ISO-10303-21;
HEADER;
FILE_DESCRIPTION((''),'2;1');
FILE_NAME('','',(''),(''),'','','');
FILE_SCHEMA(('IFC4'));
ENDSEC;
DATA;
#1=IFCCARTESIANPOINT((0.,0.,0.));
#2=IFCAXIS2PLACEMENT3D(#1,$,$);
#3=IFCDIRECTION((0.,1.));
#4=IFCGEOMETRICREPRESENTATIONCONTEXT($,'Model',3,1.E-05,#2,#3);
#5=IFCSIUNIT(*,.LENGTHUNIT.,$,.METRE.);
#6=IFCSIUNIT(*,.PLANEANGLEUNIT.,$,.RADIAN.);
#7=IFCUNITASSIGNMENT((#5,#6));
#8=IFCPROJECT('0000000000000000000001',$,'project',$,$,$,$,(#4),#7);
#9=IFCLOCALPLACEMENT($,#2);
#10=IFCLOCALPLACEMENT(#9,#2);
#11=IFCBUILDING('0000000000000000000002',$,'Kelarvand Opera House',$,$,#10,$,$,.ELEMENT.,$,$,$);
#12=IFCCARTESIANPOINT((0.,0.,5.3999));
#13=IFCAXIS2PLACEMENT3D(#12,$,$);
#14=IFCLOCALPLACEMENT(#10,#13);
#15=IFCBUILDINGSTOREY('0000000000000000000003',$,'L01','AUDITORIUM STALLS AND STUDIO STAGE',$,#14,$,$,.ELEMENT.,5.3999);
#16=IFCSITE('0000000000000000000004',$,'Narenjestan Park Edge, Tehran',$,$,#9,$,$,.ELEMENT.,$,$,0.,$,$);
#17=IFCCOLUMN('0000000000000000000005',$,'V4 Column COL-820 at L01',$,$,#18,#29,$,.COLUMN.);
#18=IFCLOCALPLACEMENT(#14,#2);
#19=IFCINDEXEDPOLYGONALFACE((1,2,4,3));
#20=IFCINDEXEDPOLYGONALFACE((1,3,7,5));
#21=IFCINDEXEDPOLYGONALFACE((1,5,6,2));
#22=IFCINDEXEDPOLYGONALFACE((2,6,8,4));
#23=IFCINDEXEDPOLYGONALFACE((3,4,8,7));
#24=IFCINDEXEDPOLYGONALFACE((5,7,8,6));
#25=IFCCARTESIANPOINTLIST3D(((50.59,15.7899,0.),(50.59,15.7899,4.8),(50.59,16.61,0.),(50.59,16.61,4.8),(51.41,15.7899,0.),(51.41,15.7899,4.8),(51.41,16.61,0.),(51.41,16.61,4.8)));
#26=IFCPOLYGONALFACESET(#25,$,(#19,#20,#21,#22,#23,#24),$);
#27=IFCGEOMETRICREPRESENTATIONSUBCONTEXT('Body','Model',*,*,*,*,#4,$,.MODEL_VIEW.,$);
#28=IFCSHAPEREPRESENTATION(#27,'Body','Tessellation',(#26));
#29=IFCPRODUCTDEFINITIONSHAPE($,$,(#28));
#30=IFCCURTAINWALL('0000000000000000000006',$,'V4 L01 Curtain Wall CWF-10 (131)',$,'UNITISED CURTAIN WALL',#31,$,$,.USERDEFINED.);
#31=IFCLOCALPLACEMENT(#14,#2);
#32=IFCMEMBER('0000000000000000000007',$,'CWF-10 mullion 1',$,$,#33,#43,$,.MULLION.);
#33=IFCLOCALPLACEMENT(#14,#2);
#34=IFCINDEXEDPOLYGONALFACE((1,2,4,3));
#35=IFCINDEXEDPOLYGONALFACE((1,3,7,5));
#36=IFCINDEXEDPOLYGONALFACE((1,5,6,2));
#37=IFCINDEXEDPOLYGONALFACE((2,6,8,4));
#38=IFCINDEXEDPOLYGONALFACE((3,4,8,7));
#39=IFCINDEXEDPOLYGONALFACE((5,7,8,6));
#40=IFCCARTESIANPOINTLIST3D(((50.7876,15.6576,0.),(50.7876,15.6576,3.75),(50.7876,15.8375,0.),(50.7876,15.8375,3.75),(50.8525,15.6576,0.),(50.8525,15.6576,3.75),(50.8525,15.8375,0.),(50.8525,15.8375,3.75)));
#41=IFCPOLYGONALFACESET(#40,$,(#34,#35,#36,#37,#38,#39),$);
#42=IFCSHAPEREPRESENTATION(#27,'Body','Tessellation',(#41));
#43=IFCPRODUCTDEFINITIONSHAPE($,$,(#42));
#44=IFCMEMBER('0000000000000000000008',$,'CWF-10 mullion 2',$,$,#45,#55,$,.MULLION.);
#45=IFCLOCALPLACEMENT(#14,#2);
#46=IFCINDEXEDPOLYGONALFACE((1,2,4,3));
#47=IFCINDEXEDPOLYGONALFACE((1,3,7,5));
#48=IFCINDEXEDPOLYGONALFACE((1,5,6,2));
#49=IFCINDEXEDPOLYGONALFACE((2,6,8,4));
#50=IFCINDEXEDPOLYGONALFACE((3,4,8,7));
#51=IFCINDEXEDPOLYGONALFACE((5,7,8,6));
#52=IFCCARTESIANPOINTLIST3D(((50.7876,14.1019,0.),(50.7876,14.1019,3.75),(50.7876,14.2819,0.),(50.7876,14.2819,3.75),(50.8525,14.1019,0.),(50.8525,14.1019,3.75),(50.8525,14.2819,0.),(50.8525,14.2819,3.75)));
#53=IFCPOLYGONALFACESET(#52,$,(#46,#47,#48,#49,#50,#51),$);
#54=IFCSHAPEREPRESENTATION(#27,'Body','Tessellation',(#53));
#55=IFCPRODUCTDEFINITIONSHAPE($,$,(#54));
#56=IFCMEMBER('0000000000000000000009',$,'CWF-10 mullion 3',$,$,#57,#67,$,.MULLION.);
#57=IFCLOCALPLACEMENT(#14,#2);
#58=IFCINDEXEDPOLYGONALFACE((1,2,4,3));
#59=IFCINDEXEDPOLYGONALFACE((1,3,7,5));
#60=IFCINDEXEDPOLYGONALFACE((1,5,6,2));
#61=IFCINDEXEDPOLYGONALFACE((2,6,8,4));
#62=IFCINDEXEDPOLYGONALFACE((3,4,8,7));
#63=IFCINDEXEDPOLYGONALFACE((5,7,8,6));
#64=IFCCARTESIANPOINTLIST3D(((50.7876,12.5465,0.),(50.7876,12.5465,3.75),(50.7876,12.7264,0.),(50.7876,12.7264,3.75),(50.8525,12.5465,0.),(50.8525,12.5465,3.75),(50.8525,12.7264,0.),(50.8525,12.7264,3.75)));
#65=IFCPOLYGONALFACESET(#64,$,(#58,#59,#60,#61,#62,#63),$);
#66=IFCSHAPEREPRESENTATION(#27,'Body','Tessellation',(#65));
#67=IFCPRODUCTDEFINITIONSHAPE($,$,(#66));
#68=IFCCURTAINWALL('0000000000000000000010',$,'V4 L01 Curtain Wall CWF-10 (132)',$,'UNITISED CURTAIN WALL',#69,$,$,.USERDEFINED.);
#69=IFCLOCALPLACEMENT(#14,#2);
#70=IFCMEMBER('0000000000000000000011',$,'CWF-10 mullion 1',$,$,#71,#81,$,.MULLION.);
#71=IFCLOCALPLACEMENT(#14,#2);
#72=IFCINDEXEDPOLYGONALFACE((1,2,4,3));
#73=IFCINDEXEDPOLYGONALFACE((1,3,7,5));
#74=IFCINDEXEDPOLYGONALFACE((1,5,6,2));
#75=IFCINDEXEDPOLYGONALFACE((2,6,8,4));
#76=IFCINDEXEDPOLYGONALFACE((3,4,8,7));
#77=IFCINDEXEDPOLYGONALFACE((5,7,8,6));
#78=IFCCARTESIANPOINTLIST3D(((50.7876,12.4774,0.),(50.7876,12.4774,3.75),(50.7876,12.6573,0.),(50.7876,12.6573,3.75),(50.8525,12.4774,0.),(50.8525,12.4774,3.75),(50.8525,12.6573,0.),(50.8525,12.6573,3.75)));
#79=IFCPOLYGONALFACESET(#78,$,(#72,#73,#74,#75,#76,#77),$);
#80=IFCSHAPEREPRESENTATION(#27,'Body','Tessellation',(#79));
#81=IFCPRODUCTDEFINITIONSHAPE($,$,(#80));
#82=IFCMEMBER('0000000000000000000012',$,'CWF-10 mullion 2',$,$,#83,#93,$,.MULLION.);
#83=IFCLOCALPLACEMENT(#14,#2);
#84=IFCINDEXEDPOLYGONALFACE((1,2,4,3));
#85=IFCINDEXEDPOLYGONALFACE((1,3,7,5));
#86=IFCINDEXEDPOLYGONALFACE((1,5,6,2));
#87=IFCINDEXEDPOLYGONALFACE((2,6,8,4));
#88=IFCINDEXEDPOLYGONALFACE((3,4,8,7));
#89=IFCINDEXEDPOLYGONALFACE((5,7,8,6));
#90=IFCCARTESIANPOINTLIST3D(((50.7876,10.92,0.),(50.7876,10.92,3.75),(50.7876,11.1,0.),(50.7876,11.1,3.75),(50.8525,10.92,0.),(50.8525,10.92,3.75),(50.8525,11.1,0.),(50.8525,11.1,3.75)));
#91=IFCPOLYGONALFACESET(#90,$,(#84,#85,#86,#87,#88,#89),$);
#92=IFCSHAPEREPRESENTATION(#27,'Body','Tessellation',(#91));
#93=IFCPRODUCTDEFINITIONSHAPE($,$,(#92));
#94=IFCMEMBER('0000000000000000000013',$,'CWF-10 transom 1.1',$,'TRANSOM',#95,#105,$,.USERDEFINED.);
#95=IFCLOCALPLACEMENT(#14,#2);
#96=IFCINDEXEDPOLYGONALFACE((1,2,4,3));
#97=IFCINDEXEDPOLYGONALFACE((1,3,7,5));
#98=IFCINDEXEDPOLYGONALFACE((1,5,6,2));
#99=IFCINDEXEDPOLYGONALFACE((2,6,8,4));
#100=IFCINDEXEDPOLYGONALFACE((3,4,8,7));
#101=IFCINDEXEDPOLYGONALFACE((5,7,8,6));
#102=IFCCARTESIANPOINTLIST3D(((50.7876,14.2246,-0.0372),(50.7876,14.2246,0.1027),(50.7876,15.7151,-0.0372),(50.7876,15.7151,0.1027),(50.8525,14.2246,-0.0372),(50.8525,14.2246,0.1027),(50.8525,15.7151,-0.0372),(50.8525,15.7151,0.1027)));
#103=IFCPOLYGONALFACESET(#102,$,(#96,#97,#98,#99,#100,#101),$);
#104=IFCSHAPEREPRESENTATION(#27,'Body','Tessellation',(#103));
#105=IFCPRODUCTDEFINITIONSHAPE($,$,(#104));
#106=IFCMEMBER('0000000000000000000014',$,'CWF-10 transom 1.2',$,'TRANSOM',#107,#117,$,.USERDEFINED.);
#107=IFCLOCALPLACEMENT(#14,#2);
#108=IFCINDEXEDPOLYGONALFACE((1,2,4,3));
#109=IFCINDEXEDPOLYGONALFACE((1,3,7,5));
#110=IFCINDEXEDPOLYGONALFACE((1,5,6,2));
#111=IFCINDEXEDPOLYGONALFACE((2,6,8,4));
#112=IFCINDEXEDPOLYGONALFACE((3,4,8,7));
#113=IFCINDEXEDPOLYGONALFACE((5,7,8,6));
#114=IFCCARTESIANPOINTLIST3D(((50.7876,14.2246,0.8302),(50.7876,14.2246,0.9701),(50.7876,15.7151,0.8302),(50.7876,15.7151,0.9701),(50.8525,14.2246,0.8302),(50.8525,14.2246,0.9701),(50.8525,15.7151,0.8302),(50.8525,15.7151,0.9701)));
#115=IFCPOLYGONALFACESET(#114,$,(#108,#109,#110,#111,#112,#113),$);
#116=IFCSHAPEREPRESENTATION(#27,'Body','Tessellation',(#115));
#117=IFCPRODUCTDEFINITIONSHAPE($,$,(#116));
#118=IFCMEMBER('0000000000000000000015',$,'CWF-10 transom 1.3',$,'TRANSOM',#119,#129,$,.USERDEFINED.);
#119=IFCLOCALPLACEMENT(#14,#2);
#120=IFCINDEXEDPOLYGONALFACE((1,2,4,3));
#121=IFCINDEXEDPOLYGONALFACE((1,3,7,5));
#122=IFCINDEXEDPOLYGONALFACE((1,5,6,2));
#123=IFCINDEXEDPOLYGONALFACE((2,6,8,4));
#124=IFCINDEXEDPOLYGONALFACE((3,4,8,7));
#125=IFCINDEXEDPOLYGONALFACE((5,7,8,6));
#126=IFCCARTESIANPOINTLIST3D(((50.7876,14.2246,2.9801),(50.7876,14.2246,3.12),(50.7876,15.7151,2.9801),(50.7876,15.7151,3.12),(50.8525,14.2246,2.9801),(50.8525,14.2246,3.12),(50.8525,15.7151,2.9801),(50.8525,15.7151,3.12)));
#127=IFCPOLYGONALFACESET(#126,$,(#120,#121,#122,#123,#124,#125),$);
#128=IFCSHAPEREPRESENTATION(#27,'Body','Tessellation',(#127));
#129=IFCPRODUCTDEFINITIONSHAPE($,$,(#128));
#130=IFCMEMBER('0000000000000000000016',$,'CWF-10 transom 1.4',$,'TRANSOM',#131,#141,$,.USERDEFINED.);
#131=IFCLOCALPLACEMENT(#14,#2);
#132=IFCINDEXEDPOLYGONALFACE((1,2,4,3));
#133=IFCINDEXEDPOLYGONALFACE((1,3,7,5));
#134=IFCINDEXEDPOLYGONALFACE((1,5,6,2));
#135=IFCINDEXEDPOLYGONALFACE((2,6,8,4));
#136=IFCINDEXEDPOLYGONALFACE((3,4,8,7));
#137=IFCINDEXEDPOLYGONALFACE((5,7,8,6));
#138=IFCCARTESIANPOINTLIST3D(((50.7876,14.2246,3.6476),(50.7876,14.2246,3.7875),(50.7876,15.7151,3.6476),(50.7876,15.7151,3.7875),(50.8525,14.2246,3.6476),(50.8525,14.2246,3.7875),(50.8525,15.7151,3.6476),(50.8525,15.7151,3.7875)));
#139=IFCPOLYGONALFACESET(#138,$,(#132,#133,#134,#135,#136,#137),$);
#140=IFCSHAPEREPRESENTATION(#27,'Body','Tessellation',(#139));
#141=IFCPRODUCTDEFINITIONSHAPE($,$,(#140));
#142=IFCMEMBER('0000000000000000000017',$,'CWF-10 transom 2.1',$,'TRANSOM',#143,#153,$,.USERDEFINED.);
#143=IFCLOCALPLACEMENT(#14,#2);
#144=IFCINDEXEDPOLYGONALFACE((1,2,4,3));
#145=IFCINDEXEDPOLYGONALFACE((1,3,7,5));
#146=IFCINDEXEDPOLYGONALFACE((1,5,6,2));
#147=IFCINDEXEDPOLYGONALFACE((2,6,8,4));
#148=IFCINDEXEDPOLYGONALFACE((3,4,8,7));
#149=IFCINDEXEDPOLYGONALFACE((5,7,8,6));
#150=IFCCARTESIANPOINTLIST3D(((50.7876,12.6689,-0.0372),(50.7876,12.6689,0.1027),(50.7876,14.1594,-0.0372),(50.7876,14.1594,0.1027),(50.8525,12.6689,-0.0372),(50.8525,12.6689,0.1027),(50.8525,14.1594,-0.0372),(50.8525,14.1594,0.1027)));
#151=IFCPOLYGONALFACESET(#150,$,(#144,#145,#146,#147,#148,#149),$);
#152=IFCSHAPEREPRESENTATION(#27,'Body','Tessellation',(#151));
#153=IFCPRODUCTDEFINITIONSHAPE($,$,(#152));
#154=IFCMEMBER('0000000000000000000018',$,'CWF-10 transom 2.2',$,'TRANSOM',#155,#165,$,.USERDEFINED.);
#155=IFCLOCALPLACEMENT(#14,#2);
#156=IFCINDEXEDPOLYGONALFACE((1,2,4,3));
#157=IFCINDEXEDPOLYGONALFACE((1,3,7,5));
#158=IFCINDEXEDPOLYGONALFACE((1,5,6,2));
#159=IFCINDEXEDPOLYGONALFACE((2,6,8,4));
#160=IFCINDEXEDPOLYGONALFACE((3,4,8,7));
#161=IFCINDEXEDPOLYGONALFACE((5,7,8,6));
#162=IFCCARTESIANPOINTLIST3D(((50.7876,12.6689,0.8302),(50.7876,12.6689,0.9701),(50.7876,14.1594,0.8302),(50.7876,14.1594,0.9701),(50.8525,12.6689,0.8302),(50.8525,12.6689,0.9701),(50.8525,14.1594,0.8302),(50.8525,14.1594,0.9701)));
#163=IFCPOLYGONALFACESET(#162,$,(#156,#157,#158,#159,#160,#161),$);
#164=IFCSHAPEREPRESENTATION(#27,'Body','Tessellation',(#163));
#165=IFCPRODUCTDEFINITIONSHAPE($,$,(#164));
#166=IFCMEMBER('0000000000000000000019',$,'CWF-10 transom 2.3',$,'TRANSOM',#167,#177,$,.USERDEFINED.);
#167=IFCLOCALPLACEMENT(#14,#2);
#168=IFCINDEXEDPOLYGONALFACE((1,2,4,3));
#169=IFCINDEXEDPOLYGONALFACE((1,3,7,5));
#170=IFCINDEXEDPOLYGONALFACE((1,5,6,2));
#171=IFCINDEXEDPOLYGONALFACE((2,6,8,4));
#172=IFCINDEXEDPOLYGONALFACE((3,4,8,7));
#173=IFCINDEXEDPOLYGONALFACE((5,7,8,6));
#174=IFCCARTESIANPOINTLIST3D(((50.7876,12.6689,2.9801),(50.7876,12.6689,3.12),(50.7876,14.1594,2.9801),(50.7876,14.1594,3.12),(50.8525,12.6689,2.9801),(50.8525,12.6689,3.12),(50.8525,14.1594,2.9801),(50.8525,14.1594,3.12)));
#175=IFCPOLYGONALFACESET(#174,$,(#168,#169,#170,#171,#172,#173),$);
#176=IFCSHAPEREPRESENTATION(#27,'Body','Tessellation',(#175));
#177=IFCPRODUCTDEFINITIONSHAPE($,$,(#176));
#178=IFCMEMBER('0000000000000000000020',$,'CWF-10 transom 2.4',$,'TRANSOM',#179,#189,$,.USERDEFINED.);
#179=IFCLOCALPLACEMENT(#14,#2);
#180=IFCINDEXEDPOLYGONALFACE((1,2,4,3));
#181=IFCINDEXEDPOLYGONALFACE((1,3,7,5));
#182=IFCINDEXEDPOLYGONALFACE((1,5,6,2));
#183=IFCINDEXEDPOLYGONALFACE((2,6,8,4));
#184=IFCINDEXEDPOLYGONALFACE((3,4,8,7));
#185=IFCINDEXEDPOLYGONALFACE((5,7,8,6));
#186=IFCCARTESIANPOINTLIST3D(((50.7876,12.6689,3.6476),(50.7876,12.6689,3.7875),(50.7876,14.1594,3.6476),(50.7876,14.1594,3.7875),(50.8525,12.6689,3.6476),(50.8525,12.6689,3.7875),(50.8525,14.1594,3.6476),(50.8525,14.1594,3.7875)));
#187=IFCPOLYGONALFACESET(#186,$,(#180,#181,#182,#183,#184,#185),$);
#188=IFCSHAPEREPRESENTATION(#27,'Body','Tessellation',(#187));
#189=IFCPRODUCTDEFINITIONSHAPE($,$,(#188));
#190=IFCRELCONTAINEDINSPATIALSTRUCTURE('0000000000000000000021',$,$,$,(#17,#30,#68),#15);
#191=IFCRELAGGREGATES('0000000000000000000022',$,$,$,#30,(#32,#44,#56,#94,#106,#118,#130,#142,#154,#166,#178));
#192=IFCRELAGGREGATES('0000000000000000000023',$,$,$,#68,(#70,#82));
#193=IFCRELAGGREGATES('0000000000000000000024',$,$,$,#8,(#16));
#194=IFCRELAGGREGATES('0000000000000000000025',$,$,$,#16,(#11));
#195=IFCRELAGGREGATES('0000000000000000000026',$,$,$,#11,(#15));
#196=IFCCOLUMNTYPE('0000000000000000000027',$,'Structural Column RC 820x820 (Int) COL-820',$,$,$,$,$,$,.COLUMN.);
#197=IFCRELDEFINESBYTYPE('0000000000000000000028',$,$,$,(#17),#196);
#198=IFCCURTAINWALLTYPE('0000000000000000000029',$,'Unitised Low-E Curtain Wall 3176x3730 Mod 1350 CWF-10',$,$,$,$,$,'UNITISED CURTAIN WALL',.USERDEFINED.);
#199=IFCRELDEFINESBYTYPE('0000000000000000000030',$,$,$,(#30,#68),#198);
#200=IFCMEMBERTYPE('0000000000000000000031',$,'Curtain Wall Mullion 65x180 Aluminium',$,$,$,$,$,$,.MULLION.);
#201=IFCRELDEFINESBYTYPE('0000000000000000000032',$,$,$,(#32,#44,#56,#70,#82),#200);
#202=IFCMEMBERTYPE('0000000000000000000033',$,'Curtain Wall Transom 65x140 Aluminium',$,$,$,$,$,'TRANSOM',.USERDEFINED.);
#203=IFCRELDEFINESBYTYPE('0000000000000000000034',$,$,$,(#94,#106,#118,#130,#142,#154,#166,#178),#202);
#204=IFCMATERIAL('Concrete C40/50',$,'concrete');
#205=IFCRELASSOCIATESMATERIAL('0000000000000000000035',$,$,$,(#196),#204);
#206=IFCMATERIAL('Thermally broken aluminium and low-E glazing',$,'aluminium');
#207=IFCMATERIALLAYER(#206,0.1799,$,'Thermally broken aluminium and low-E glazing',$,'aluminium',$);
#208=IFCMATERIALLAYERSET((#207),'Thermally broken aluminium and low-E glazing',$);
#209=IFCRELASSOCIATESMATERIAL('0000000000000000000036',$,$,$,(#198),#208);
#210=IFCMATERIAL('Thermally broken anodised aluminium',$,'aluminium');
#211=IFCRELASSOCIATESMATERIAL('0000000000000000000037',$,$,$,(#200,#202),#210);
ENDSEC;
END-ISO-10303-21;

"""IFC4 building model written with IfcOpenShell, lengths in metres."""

from ifc_helpers import new_model, si_unit, direction, frame, origin, origin_2d, place, context, subcontext, project, spatial, rectangle, extrude, material, layer, layer_set, material_profile, profile_set, type_object, element, aggregate, save


model = new_model("IFC4")

# Units and contexts
model_context = context("Model", 3, precision=1e-05, world=origin(), true_north=direction((0.0, 1.0)))
body_context = subcontext(model_context, "Body", "Model", "MODEL_VIEW")
ifc_project = project(units=[si_unit("LENGTHUNIT", "METRE"), si_unit("PLANEANGLEUNIT", "RADIAN")], contexts=[model_context])

# Site, building, storey
site_placement = place(None, origin())
site = spatial("IfcSite", under=ifc_project, at=site_placement, Name="Narenjestan Park Edge, Tehran", CompositionType="ELEMENT", RefElevation=0.0)
building_placement = place(site_placement, origin())
building = spatial("IfcBuilding", under=site, at=building_placement, Name="Kelarvand Opera House", CompositionType="ELEMENT")
storey_placement = place(building_placement, frame((0.0, 0.0, 5.3999)))
storey = spatial("IfcBuildingStorey", under=building, at=storey_placement, Name="L01", Description="AUDITORIUM STALLS AND STUDIO STAGE", CompositionType="ELEMENT", Elevation=5.3999)

# Column
ifc_material_1 = material(Name="Concrete C40/50", Category="concrete")
ifc_material_profile_1 = material_profile(ifc_material_1, rectangle(XDim=0.8201, YDim=0.8201, at=origin_2d()), Name="RC 820x820", Category="concrete")
ifc_profile_set_1 = profile_set([ifc_material_profile_1], Name="Concrete C40/50")
column_type = type_object("IfcColumnType", Name="Structural Column RC 820x820 (Int) COL-820", PredefinedType="COLUMN", material=ifc_profile_set_1)
column_placement = place(storey_placement, frame((51.0, 16.2, 0.0), z_axis=(0.0, 0.0, 1.0), x_axis=(1.0, 0.0, 0.0)))
element("IfcColumn", 1, at=column_placement, inside=storey, type_object=column_type, Name="V4 Column COL-820 at L01", PredefinedType="COLUMN", context=body_context, shape_type="SweptSolid", body=[
    extrude(rectangle(XDim=0.8201, YDim=0.8201, at=origin_2d()), origin(), (0.0, 0.0, 1.0), 4.8),
])

# Curtain walls, members
ifc_material_2 = material(Name="Thermally broken aluminium and low-E glazing", Category="aluminium")
ifc_layer_1 = layer(ifc_material_2, 0.1799, Name="Thermally broken aluminium and low-E glazing", Category="aluminium")
ifc_layer_set_1 = layer_set([ifc_layer_1], Name="Thermally broken aluminium and low-E glazing")
curtain_wall_type = type_object("IfcCurtainWallType", Name="Unitised Low-E Curtain Wall 3176x3730 Mod 1350 CWF-10", ElementType="UNITISED CURTAIN WALL", PredefinedType="USERDEFINED", material=ifc_layer_set_1)
curtain_wall_1_placement = place(storey_placement, origin())
curtain_wall_1 = element("IfcCurtainWall", 2, at=curtain_wall_1_placement, inside=storey, type_object=curtain_wall_type, Name="V4 L01 Curtain Wall CWF-10 (131)", ObjectType="UNITISED CURTAIN WALL", PredefinedType="USERDEFINED")
ifc_material_3 = material(Name="Thermally broken anodised aluminium", Category="aluminium")
ifc_material_profile_2 = material_profile(ifc_material_3, rectangle(XDim=0.0649, YDim=0.1799, at=origin_2d()), Name="ALU MULLION 65x180", Category="aluminium")
ifc_profile_set_2 = profile_set([ifc_material_profile_2], Name="Thermally broken anodised aluminium")
member_type_1 = type_object("IfcMemberType", Name="Curtain Wall Mullion 65x180 Aluminium", PredefinedType="MULLION", material=ifc_profile_set_2)
member_1_placement = place(storey_placement, frame((50.8201, 15.7476, 0.0), z_axis=(0.0, 0.0, 1.0), x_axis=(1.0, 0.0, 0.0)))
member_1 = element("IfcMember", 3, at=member_1_placement, type_object=member_type_1, Name="CWF-10 mullion 1", PredefinedType="MULLION", context=body_context, shape_type="SweptSolid", body=[
    extrude(rectangle(XDim=0.0649, YDim=0.1799, at=origin_2d()), origin(), (0.0, 0.0, 1.0), 3.75),
])
member_2_placement = place(storey_placement, frame((50.8201, 14.1919, 0.0), z_axis=(0.0, 0.0, 1.0), x_axis=(1.0, 0.0, 0.0)))
member_2 = element("IfcMember", 4, at=member_2_placement, type_object=member_type_1, Name="CWF-10 mullion 2", PredefinedType="MULLION", context=body_context, shape_type="SweptSolid", body=[
    extrude(rectangle(XDim=0.0649, YDim=0.1799, at=origin_2d()), origin(), (0.0, 0.0, 1.0), 3.75),
])
member_3_placement = place(storey_placement, frame((50.8201, 12.6365, 0.0), z_axis=(0.0, 0.0, 1.0), x_axis=(1.0, 0.0, 0.0)))
member_3 = element("IfcMember", 5, at=member_3_placement, type_object=member_type_1, Name="CWF-10 mullion 3", PredefinedType="MULLION", context=body_context, shape_type="SweptSolid", body=[
    extrude(rectangle(XDim=0.0649, YDim=0.1799, at=origin_2d()), origin(), (0.0, 0.0, 1.0), 3.75),
])
curtain_wall_2_placement = place(storey_placement, origin())
curtain_wall_2 = element("IfcCurtainWall", 6, at=curtain_wall_2_placement, inside=storey, type_object=curtain_wall_type, Name="V4 L01 Curtain Wall CWF-10 (132)", ObjectType="UNITISED CURTAIN WALL", PredefinedType="USERDEFINED")
member_4_placement = place(storey_placement, frame((50.8201, 12.5674, 0.0), z_axis=(0.0, 0.0, 1.0), x_axis=(1.0, 0.0, 0.0)))
member_4 = element("IfcMember", 7, at=member_4_placement, type_object=member_type_1, Name="CWF-10 mullion 1", PredefinedType="MULLION", context=body_context, shape_type="SweptSolid", body=[
    extrude(rectangle(XDim=0.0649, YDim=0.1799, at=origin_2d()), origin(), (0.0, 0.0, 1.0), 3.75),
])
member_5_placement = place(storey_placement, frame((50.8201, 11.01, 0.0), z_axis=(0.0, 0.0, 1.0), x_axis=(1.0, 0.0, 0.0)))
member_5 = element("IfcMember", 8, at=member_5_placement, type_object=member_type_1, Name="CWF-10 mullion 2", PredefinedType="MULLION", context=body_context, shape_type="SweptSolid", body=[
    extrude(rectangle(XDim=0.0649, YDim=0.1799, at=origin_2d()), origin(), (0.0, 0.0, 1.0), 3.75),
])

# Members
ifc_material_profile_3 = material_profile(ifc_material_3, rectangle(XDim=0.0649, YDim=0.1399, at=origin_2d()), Name="ALU TRANSOM 65x140", Category="aluminium")
ifc_profile_set_3 = profile_set([ifc_material_profile_3], Name="Thermally broken anodised aluminium")
member_type_2 = type_object("IfcMemberType", Name="Curtain Wall Transom 65x140 Aluminium", ElementType="TRANSOM", PredefinedType="USERDEFINED", material=ifc_profile_set_3)
member_6_placement = place(storey_placement, frame((50.8201, 15.7151, 0.0327), z_axis=(0.0, -1.0, 0.0), x_axis=(1.0, 0.0, 0.0)))
member_6 = element("IfcMember", 9, at=member_6_placement, type_object=member_type_2, Name="CWF-10 transom 1.1", ObjectType="TRANSOM", PredefinedType="USERDEFINED", context=body_context, shape_type="SweptSolid", body=[
    extrude(rectangle(XDim=0.0649, YDim=0.1399, at=origin_2d()), origin(), (0.0, 0.0, 1.0), 1.4905),
])
member_7_placement = place(storey_placement, frame((50.8201, 15.7151, 0.9001), z_axis=(0.0, -1.0, 0.0), x_axis=(1.0, 0.0, 0.0)))
member_7 = element("IfcMember", 10, at=member_7_placement, type_object=member_type_2, Name="CWF-10 transom 1.2", ObjectType="TRANSOM", PredefinedType="USERDEFINED", context=body_context, shape_type="SweptSolid", body=[
    extrude(rectangle(XDim=0.0649, YDim=0.1399, at=origin_2d()), origin(), (0.0, 0.0, 1.0), 1.4905),
])
member_8_placement = place(storey_placement, frame((50.8201, 15.7151, 3.05), z_axis=(0.0, -1.0, 0.0), x_axis=(1.0, 0.0, 0.0)))
member_8 = element("IfcMember", 11, at=member_8_placement, type_object=member_type_2, Name="CWF-10 transom 1.3", ObjectType="TRANSOM", PredefinedType="USERDEFINED", context=body_context, shape_type="SweptSolid", body=[
    extrude(rectangle(XDim=0.0649, YDim=0.1399, at=origin_2d()), origin(), (0.0, 0.0, 1.0), 1.4905),
])
member_9_placement = place(storey_placement, frame((50.8201, 15.7151, 3.7175), z_axis=(0.0, -1.0, 0.0), x_axis=(1.0, 0.0, 0.0)))
member_9 = element("IfcMember", 12, at=member_9_placement, type_object=member_type_2, Name="CWF-10 transom 1.4", ObjectType="TRANSOM", PredefinedType="USERDEFINED", context=body_context, shape_type="SweptSolid", body=[
    extrude(rectangle(XDim=0.0649, YDim=0.1399, at=origin_2d()), origin(), (0.0, 0.0, 1.0), 1.4905),
])
member_10_placement = place(storey_placement, frame((50.8201, 14.1594, 0.0327), z_axis=(0.0, -1.0, 0.0), x_axis=(1.0, 0.0, 0.0)))
member_10 = element("IfcMember", 13, at=member_10_placement, type_object=member_type_2, Name="CWF-10 transom 2.1", ObjectType="TRANSOM", PredefinedType="USERDEFINED", context=body_context, shape_type="SweptSolid", body=[
    extrude(rectangle(XDim=0.0649, YDim=0.1399, at=origin_2d()), origin(), (0.0, 0.0, 1.0), 1.4905),
])
member_11_placement = place(storey_placement, frame((50.8201, 14.1594, 0.9001), z_axis=(0.0, -1.0, 0.0), x_axis=(1.0, 0.0, 0.0)))
member_11 = element("IfcMember", 14, at=member_11_placement, type_object=member_type_2, Name="CWF-10 transom 2.2", ObjectType="TRANSOM", PredefinedType="USERDEFINED", context=body_context, shape_type="SweptSolid", body=[
    extrude(rectangle(XDim=0.0649, YDim=0.1399, at=origin_2d()), origin(), (0.0, 0.0, 1.0), 1.4905),
])
member_12_placement = place(storey_placement, frame((50.8201, 14.1594, 3.05), z_axis=(0.0, -1.0, 0.0), x_axis=(1.0, 0.0, 0.0)))
member_12 = element("IfcMember", 15, at=member_12_placement, type_object=member_type_2, Name="CWF-10 transom 2.3", ObjectType="TRANSOM", PredefinedType="USERDEFINED", context=body_context, shape_type="SweptSolid", body=[
    extrude(rectangle(XDim=0.0649, YDim=0.1399, at=origin_2d()), origin(), (0.0, 0.0, 1.0), 1.4905),
])
member_13_placement = place(storey_placement, frame((50.8201, 14.1594, 3.7175), z_axis=(0.0, -1.0, 0.0), x_axis=(1.0, 0.0, 0.0)))
member_13 = element("IfcMember", 16, at=member_13_placement, type_object=member_type_2, Name="CWF-10 transom 2.4", ObjectType="TRANSOM", PredefinedType="USERDEFINED", context=body_context, shape_type="SweptSolid", body=[
    extrude(rectangle(XDim=0.0649, YDim=0.1399, at=origin_2d()), origin(), (0.0, 0.0, 1.0), 1.4905),
])

aggregate(curtain_wall_1, [member_1, member_2, member_3, member_6, member_7, member_8, member_9, member_10, member_11, member_12, member_13])
aggregate(curtain_wall_2, [member_4, member_5])

save(model, "model.ifc")
